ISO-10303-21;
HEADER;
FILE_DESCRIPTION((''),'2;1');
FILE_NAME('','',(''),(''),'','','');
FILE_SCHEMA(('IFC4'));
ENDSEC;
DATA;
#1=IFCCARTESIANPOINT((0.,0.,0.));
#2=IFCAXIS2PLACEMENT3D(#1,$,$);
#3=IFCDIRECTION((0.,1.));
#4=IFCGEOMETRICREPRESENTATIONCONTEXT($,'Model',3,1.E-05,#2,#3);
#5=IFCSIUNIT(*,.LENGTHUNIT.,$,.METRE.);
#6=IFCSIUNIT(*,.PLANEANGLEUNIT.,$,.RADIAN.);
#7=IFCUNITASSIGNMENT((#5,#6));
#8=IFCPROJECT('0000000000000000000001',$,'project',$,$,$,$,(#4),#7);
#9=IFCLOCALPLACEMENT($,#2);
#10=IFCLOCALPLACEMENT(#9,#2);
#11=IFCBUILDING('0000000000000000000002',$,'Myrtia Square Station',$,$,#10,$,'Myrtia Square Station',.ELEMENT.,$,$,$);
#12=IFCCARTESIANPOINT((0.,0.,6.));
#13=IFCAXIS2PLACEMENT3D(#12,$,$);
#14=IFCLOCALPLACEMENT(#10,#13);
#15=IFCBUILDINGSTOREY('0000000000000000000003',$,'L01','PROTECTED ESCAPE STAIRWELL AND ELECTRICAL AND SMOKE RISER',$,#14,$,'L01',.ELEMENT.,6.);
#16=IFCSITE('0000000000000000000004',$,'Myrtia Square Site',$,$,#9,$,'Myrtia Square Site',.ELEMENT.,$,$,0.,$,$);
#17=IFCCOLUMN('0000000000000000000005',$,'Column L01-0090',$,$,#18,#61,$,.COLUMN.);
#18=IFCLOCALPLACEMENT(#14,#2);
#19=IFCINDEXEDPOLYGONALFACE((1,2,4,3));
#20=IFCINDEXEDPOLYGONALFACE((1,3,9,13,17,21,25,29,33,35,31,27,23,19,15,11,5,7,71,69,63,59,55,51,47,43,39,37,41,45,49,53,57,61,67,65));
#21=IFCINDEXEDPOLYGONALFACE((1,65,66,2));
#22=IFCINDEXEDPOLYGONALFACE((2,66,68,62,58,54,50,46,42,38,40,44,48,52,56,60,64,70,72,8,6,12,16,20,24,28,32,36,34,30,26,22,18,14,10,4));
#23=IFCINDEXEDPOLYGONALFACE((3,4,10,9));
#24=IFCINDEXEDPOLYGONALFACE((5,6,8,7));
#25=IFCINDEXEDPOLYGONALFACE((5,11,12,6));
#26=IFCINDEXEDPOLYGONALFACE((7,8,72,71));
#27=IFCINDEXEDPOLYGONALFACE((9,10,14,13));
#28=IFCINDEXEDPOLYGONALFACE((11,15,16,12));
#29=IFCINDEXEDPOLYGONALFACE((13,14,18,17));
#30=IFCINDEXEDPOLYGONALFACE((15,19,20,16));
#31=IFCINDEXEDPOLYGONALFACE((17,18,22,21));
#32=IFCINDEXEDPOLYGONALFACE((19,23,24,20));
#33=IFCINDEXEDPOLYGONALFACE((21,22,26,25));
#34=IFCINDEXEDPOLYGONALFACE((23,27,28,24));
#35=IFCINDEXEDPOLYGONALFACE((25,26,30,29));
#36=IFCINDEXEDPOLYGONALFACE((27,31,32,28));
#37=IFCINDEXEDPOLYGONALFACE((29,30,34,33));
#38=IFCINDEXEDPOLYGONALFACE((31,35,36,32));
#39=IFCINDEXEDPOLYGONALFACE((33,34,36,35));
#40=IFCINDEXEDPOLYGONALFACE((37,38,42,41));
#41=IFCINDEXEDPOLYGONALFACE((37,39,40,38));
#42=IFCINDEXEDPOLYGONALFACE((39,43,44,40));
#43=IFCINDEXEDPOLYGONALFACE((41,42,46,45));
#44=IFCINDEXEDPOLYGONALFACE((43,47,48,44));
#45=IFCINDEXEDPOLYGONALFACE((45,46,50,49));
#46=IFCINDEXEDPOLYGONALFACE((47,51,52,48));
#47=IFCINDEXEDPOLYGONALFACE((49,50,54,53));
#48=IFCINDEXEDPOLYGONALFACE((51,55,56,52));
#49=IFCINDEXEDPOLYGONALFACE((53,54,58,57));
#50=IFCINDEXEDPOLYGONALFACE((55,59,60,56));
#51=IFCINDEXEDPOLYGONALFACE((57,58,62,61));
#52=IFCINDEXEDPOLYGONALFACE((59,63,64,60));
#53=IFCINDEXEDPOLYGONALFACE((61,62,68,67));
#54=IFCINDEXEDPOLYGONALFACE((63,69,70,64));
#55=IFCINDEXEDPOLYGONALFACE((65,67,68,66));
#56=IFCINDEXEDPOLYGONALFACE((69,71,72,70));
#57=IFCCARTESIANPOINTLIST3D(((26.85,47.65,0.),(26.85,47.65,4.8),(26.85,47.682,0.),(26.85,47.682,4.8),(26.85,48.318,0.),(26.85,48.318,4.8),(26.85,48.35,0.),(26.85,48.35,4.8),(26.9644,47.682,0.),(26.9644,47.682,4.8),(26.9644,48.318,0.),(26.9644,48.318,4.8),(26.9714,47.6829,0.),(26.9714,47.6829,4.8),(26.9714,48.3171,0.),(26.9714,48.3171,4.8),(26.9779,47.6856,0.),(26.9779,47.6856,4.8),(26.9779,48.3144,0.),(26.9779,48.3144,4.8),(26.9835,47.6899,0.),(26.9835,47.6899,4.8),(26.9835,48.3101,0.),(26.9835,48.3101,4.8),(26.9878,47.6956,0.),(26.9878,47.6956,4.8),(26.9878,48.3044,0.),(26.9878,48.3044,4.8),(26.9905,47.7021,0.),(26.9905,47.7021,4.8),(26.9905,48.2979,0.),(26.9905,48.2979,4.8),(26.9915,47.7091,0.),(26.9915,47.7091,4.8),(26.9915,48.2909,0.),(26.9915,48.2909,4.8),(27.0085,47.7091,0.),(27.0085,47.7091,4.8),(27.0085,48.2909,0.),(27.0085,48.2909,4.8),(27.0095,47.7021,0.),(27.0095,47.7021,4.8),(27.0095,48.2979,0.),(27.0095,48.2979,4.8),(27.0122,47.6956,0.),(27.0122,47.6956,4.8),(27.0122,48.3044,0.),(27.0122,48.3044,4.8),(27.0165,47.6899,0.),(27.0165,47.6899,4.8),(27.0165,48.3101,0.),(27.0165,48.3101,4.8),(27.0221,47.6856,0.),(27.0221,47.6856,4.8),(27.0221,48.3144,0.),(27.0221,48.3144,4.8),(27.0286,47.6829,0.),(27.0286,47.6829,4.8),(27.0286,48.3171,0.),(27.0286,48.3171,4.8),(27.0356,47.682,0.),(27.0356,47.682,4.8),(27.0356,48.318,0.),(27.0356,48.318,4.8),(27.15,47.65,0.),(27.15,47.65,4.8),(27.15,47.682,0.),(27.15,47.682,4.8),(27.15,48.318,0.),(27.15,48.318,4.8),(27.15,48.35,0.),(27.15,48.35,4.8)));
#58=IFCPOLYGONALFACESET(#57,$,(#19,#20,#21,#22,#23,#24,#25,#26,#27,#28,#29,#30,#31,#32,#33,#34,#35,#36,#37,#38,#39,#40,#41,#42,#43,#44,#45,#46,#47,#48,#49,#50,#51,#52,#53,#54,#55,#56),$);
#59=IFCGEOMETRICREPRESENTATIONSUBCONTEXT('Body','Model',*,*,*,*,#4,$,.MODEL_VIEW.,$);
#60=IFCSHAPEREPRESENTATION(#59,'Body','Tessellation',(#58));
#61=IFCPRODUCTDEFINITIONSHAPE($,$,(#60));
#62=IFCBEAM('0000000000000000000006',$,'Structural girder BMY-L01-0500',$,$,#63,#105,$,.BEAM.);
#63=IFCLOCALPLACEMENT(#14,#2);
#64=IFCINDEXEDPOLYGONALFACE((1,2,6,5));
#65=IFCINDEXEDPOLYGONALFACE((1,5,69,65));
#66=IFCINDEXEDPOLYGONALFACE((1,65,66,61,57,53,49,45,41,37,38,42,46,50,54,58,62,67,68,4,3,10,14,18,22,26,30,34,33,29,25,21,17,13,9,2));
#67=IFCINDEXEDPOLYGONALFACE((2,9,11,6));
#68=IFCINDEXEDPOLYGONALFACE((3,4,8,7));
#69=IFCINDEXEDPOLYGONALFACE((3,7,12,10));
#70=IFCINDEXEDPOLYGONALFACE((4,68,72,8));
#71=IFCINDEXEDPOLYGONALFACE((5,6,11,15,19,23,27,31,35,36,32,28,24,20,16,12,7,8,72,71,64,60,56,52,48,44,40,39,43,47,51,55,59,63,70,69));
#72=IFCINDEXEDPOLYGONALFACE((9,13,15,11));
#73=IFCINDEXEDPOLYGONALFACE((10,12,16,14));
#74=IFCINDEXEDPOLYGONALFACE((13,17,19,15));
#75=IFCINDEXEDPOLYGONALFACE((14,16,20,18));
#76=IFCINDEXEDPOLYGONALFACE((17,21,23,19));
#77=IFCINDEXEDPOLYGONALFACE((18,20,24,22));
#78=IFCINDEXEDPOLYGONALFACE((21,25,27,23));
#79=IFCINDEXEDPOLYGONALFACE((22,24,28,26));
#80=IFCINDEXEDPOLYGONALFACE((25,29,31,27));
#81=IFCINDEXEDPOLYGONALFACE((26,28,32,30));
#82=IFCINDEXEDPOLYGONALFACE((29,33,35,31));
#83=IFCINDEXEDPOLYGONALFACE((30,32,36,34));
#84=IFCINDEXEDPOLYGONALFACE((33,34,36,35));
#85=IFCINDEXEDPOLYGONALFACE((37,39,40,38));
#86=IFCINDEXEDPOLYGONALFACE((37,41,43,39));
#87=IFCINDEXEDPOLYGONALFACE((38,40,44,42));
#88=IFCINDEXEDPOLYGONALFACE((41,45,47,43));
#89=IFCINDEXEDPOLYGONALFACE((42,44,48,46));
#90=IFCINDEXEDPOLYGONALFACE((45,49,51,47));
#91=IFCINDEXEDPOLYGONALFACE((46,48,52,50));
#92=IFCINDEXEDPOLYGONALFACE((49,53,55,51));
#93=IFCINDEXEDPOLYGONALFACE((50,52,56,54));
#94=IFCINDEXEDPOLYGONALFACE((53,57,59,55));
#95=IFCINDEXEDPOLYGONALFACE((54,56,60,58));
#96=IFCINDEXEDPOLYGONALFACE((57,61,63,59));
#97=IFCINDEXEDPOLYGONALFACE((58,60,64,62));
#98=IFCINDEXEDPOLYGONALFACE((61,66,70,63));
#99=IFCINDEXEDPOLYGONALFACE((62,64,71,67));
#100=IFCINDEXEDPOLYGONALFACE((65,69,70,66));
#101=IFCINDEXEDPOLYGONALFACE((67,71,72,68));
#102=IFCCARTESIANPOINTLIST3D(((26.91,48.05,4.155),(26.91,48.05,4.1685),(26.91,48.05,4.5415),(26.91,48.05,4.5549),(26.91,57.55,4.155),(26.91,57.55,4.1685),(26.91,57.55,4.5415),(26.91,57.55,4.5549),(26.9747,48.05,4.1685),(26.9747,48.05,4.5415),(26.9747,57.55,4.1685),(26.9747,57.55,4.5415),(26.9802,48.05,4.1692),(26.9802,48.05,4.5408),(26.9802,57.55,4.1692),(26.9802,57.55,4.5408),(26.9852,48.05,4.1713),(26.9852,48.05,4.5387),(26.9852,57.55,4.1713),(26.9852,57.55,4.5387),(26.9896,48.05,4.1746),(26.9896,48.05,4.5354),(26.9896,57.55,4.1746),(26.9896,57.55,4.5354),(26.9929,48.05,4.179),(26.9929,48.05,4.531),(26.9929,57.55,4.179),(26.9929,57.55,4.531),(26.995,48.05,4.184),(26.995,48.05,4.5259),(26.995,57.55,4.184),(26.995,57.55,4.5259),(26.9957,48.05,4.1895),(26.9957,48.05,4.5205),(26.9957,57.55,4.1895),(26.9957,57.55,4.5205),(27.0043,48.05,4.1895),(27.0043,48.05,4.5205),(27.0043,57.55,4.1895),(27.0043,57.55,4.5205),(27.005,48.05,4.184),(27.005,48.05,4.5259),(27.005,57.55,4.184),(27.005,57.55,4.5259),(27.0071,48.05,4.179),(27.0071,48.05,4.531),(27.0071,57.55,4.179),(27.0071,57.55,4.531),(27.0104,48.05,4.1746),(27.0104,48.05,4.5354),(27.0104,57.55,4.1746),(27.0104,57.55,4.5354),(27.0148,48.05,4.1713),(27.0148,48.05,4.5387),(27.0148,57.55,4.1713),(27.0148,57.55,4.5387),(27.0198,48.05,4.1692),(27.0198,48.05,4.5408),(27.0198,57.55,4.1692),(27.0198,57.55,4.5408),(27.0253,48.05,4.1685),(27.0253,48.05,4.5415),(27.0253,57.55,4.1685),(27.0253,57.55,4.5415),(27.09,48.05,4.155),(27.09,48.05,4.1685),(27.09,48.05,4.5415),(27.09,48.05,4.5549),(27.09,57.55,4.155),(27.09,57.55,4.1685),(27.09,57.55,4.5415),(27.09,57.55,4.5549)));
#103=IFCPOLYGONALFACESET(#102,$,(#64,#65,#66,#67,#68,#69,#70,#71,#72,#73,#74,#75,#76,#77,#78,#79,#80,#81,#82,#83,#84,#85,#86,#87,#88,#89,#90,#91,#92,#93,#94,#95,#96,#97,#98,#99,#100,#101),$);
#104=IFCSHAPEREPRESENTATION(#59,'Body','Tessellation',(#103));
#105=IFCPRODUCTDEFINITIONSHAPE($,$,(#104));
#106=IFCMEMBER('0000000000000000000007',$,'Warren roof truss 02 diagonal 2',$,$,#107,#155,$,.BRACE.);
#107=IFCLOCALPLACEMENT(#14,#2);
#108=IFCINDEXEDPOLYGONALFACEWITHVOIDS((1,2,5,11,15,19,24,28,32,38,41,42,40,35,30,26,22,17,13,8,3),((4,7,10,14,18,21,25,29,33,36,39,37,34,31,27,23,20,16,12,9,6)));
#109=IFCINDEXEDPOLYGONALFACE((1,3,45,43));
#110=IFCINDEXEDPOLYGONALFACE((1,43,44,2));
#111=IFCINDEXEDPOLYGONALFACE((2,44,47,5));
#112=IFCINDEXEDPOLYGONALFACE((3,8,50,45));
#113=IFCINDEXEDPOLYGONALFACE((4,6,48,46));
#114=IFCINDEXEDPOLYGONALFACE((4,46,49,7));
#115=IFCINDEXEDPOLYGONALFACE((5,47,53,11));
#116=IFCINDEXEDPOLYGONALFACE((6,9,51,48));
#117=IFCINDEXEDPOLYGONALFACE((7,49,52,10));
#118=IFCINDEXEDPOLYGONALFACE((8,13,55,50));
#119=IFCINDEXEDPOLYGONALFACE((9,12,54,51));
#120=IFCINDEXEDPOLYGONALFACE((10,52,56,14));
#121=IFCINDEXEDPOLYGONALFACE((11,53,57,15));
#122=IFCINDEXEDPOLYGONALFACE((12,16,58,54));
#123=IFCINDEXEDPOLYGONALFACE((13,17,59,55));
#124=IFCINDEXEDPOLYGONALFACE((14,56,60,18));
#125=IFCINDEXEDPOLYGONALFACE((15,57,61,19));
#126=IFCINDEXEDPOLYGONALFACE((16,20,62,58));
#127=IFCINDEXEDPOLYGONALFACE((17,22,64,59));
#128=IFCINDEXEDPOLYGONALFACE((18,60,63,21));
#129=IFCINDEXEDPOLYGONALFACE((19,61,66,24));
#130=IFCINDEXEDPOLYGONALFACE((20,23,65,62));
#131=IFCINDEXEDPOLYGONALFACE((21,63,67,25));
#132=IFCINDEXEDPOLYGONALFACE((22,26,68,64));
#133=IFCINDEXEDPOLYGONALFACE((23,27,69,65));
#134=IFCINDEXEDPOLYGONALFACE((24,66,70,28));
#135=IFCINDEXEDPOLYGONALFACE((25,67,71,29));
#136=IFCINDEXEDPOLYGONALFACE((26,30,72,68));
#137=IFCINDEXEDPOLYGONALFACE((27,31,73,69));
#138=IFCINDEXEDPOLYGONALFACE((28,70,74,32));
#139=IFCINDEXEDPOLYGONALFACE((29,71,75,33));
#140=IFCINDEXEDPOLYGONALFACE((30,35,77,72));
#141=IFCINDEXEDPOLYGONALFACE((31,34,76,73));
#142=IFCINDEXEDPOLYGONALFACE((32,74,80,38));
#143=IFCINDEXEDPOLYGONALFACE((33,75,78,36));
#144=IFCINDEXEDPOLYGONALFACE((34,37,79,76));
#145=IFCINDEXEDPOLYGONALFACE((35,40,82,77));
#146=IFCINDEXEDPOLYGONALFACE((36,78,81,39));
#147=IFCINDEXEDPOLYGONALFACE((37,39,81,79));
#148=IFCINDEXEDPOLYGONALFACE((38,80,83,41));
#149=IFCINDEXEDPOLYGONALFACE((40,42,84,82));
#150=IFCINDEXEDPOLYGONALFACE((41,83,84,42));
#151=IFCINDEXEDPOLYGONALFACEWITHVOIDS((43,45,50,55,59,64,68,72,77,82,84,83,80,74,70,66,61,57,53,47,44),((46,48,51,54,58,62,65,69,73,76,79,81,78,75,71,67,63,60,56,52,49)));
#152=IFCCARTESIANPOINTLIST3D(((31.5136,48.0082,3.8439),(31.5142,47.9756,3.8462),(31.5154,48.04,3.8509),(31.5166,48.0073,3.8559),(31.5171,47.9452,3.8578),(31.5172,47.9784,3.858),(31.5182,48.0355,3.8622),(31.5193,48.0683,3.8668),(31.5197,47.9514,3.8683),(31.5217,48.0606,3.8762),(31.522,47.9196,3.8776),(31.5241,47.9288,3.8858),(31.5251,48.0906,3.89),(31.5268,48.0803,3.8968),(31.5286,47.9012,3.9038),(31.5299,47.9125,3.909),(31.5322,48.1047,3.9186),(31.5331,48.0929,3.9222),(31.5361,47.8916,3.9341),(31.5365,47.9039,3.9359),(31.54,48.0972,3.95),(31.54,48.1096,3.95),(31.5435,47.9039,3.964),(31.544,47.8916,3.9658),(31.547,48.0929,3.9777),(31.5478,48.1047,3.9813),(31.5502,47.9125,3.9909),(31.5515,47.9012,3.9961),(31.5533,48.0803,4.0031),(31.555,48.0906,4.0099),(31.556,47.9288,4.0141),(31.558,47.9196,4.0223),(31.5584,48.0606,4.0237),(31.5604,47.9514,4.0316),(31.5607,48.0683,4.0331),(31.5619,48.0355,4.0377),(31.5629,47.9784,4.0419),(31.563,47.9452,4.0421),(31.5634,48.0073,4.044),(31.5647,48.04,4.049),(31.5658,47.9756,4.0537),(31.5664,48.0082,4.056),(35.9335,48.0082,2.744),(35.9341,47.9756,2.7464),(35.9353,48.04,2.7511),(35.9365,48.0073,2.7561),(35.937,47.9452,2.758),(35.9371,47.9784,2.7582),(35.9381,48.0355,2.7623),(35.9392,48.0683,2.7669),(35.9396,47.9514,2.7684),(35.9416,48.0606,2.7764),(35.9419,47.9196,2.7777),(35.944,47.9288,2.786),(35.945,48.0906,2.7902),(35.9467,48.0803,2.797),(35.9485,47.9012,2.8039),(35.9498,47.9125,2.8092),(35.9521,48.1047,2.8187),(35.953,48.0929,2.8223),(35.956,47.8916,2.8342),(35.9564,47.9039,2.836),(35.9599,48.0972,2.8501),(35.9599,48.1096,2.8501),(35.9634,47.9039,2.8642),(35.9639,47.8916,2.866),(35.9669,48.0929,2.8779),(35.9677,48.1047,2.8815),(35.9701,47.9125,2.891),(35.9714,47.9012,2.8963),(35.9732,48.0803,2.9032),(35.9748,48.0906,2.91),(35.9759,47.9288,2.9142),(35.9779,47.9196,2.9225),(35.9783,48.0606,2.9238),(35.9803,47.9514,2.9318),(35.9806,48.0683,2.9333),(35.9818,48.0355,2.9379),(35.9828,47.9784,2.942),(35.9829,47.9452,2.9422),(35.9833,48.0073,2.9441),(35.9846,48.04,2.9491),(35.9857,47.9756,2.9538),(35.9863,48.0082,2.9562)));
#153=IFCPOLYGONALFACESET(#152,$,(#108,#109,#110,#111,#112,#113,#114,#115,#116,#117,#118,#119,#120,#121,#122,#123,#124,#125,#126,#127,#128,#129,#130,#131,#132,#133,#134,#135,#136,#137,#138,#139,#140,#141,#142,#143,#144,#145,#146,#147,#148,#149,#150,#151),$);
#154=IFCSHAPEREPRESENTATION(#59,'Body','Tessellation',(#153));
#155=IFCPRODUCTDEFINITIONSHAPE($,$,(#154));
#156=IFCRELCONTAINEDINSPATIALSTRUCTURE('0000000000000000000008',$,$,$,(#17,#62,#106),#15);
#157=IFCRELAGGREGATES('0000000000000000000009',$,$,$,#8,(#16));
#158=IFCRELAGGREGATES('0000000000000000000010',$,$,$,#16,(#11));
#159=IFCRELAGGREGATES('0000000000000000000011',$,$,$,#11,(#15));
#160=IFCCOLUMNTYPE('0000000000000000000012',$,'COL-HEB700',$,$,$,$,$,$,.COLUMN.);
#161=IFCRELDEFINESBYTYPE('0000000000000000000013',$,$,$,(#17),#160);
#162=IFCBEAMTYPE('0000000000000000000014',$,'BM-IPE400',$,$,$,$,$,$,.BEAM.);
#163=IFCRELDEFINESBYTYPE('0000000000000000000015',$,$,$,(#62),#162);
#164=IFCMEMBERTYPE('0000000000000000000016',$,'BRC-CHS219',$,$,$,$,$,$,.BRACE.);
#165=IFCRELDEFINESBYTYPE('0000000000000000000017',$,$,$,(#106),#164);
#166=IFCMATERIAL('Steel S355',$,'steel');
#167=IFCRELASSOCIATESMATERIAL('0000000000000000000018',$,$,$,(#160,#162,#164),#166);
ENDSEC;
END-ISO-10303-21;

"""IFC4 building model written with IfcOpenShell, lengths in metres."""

from ifc_helpers import new_model, si_unit, direction, frame, origin, origin_2d, place, context, subcontext, project, spatial, hollow_circle, i_section, extrude, material, material_profile, profile_set, type_object, element, save


model = new_model("IFC4")

# Units and contexts
model_context = context("Model", 3, precision=1e-05, world=origin(), true_north=direction((0.0, 1.0)))
body_context = subcontext(model_context, "Body", "Model", "MODEL_VIEW")
ifc_project = project(units=[si_unit("LENGTHUNIT", "METRE"), si_unit("PLANEANGLEUNIT", "RADIAN")], contexts=[model_context])

# Site, building, storey
site_placement = place(None, origin())
site = spatial("IfcSite", under=ifc_project, at=site_placement, Name="Myrtia Square Site", LongName="Myrtia Square Site", CompositionType="ELEMENT", RefElevation=0.0)
building_placement = place(site_placement, origin())
building = spatial("IfcBuilding", under=site, at=building_placement, Name="Myrtia Square Station", LongName="Myrtia Square Station", CompositionType="ELEMENT")
storey_placement = place(building_placement, frame((0.0, 0.0, 6.0)))
storey = spatial("IfcBuildingStorey", under=building, at=storey_placement, Name="L01", Description="PROTECTED ESCAPE STAIRWELL AND ELECTRICAL AND SMOKE RISER", LongName="L01", CompositionType="ELEMENT", Elevation=6.0)

# Column
ifc_material_1 = material(Name="Steel S355", Category="steel")
ifc_material_profile_1 = material_profile(ifc_material_1, i_section(OverallWidth=0.3, OverallDepth=0.7, WebThickness=0.0171, FlangeThickness=0.032, FilletRadius=0.0271, at=origin_2d()), Name="HEB 700")
ifc_profile_set_1 = profile_set([ifc_material_profile_1], Name="Steel S355")
column_type = type_object("IfcColumnType", Name="COL-HEB700", PredefinedType="COLUMN", material=ifc_profile_set_1)
column_placement = place(storey_placement, frame((27.0, 48.0, 0.0), z_axis=(0.0, 0.0, 1.0), x_axis=(1.0, 0.0, 0.0)))
element("IfcColumn", 1, at=column_placement, inside=storey, type_object=column_type, Name="Column L01-0090", PredefinedType="COLUMN", context=body_context, shape_type="SweptSolid", body=[
    extrude(i_section(OverallWidth=0.3, OverallDepth=0.7, WebThickness=0.0171, FlangeThickness=0.032, FilletRadius=0.0271, at=origin_2d()), origin(), (0.0, 0.0, 1.0), 4.8),
])

# Beam
ifc_material_profile_2 = material_profile(ifc_material_1, i_section(OverallWidth=0.1799, OverallDepth=0.3999, WebThickness=0.0085, FlangeThickness=0.0134, FilletRadius=0.021, at=origin_2d()), Name="IPE 400")
ifc_profile_set_2 = profile_set([ifc_material_profile_2], Name="Steel S355")
beam_type_1 = type_object("IfcBeamType", Name="BM-IPE400", PredefinedType="BEAM", material=ifc_profile_set_2)
beam_1_placement = place(storey_placement, frame((27.0, 48.05, 4.355), z_axis=(0.0, 1.0, 0.0), x_axis=(-1.0, 0.0, 0.0)))
element("IfcBeam", 2, at=beam_1_placement, inside=storey, type_object=beam_type_1, Name="Structural girder BMY-L01-0500", PredefinedType="BEAM", context=body_context, shape_type="SweptSolid", body=[
    extrude(i_section(OverallWidth=0.1799, OverallDepth=0.3999, WebThickness=0.0085, FlangeThickness=0.0134, FilletRadius=0.021, at=origin_2d()), origin(), (0.0, 0.0, 1.0), 9.5),
])

# Member
ifc_material_profile_3 = material_profile(ifc_material_1, hollow_circle(Radius=0.1096, WallThickness=0.0125, at=origin_2d()), Name="CHS 219.1x12.5")
ifc_profile_set_3 = profile_set([ifc_material_profile_3], Name="Steel S355")
member_type_1 = type_object("IfcMemberType", Name="BRC-CHS219", PredefinedType="BRACE", material=ifc_profile_set_3)
member_1_placement = place(storey_placement, frame((31.54, 48.0, 3.95), z_axis=(0.970407, 0.0, -0.241476), x_axis=(0.0, 1.0, 0.0)))
element("IfcMember", 3, at=member_1_placement, inside=storey, type_object=member_type_1, Name="Warren roof truss 02 diagonal 2", PredefinedType="BRACE", context=body_context, shape_type="SweptSolid", body=[
    extrude(hollow_circle(Radius=0.1096, WallThickness=0.0125, at=origin_2d()), origin(), (0.0, 0.0, 1.0), 4.5547),
])

save(model, "model.ifc")
